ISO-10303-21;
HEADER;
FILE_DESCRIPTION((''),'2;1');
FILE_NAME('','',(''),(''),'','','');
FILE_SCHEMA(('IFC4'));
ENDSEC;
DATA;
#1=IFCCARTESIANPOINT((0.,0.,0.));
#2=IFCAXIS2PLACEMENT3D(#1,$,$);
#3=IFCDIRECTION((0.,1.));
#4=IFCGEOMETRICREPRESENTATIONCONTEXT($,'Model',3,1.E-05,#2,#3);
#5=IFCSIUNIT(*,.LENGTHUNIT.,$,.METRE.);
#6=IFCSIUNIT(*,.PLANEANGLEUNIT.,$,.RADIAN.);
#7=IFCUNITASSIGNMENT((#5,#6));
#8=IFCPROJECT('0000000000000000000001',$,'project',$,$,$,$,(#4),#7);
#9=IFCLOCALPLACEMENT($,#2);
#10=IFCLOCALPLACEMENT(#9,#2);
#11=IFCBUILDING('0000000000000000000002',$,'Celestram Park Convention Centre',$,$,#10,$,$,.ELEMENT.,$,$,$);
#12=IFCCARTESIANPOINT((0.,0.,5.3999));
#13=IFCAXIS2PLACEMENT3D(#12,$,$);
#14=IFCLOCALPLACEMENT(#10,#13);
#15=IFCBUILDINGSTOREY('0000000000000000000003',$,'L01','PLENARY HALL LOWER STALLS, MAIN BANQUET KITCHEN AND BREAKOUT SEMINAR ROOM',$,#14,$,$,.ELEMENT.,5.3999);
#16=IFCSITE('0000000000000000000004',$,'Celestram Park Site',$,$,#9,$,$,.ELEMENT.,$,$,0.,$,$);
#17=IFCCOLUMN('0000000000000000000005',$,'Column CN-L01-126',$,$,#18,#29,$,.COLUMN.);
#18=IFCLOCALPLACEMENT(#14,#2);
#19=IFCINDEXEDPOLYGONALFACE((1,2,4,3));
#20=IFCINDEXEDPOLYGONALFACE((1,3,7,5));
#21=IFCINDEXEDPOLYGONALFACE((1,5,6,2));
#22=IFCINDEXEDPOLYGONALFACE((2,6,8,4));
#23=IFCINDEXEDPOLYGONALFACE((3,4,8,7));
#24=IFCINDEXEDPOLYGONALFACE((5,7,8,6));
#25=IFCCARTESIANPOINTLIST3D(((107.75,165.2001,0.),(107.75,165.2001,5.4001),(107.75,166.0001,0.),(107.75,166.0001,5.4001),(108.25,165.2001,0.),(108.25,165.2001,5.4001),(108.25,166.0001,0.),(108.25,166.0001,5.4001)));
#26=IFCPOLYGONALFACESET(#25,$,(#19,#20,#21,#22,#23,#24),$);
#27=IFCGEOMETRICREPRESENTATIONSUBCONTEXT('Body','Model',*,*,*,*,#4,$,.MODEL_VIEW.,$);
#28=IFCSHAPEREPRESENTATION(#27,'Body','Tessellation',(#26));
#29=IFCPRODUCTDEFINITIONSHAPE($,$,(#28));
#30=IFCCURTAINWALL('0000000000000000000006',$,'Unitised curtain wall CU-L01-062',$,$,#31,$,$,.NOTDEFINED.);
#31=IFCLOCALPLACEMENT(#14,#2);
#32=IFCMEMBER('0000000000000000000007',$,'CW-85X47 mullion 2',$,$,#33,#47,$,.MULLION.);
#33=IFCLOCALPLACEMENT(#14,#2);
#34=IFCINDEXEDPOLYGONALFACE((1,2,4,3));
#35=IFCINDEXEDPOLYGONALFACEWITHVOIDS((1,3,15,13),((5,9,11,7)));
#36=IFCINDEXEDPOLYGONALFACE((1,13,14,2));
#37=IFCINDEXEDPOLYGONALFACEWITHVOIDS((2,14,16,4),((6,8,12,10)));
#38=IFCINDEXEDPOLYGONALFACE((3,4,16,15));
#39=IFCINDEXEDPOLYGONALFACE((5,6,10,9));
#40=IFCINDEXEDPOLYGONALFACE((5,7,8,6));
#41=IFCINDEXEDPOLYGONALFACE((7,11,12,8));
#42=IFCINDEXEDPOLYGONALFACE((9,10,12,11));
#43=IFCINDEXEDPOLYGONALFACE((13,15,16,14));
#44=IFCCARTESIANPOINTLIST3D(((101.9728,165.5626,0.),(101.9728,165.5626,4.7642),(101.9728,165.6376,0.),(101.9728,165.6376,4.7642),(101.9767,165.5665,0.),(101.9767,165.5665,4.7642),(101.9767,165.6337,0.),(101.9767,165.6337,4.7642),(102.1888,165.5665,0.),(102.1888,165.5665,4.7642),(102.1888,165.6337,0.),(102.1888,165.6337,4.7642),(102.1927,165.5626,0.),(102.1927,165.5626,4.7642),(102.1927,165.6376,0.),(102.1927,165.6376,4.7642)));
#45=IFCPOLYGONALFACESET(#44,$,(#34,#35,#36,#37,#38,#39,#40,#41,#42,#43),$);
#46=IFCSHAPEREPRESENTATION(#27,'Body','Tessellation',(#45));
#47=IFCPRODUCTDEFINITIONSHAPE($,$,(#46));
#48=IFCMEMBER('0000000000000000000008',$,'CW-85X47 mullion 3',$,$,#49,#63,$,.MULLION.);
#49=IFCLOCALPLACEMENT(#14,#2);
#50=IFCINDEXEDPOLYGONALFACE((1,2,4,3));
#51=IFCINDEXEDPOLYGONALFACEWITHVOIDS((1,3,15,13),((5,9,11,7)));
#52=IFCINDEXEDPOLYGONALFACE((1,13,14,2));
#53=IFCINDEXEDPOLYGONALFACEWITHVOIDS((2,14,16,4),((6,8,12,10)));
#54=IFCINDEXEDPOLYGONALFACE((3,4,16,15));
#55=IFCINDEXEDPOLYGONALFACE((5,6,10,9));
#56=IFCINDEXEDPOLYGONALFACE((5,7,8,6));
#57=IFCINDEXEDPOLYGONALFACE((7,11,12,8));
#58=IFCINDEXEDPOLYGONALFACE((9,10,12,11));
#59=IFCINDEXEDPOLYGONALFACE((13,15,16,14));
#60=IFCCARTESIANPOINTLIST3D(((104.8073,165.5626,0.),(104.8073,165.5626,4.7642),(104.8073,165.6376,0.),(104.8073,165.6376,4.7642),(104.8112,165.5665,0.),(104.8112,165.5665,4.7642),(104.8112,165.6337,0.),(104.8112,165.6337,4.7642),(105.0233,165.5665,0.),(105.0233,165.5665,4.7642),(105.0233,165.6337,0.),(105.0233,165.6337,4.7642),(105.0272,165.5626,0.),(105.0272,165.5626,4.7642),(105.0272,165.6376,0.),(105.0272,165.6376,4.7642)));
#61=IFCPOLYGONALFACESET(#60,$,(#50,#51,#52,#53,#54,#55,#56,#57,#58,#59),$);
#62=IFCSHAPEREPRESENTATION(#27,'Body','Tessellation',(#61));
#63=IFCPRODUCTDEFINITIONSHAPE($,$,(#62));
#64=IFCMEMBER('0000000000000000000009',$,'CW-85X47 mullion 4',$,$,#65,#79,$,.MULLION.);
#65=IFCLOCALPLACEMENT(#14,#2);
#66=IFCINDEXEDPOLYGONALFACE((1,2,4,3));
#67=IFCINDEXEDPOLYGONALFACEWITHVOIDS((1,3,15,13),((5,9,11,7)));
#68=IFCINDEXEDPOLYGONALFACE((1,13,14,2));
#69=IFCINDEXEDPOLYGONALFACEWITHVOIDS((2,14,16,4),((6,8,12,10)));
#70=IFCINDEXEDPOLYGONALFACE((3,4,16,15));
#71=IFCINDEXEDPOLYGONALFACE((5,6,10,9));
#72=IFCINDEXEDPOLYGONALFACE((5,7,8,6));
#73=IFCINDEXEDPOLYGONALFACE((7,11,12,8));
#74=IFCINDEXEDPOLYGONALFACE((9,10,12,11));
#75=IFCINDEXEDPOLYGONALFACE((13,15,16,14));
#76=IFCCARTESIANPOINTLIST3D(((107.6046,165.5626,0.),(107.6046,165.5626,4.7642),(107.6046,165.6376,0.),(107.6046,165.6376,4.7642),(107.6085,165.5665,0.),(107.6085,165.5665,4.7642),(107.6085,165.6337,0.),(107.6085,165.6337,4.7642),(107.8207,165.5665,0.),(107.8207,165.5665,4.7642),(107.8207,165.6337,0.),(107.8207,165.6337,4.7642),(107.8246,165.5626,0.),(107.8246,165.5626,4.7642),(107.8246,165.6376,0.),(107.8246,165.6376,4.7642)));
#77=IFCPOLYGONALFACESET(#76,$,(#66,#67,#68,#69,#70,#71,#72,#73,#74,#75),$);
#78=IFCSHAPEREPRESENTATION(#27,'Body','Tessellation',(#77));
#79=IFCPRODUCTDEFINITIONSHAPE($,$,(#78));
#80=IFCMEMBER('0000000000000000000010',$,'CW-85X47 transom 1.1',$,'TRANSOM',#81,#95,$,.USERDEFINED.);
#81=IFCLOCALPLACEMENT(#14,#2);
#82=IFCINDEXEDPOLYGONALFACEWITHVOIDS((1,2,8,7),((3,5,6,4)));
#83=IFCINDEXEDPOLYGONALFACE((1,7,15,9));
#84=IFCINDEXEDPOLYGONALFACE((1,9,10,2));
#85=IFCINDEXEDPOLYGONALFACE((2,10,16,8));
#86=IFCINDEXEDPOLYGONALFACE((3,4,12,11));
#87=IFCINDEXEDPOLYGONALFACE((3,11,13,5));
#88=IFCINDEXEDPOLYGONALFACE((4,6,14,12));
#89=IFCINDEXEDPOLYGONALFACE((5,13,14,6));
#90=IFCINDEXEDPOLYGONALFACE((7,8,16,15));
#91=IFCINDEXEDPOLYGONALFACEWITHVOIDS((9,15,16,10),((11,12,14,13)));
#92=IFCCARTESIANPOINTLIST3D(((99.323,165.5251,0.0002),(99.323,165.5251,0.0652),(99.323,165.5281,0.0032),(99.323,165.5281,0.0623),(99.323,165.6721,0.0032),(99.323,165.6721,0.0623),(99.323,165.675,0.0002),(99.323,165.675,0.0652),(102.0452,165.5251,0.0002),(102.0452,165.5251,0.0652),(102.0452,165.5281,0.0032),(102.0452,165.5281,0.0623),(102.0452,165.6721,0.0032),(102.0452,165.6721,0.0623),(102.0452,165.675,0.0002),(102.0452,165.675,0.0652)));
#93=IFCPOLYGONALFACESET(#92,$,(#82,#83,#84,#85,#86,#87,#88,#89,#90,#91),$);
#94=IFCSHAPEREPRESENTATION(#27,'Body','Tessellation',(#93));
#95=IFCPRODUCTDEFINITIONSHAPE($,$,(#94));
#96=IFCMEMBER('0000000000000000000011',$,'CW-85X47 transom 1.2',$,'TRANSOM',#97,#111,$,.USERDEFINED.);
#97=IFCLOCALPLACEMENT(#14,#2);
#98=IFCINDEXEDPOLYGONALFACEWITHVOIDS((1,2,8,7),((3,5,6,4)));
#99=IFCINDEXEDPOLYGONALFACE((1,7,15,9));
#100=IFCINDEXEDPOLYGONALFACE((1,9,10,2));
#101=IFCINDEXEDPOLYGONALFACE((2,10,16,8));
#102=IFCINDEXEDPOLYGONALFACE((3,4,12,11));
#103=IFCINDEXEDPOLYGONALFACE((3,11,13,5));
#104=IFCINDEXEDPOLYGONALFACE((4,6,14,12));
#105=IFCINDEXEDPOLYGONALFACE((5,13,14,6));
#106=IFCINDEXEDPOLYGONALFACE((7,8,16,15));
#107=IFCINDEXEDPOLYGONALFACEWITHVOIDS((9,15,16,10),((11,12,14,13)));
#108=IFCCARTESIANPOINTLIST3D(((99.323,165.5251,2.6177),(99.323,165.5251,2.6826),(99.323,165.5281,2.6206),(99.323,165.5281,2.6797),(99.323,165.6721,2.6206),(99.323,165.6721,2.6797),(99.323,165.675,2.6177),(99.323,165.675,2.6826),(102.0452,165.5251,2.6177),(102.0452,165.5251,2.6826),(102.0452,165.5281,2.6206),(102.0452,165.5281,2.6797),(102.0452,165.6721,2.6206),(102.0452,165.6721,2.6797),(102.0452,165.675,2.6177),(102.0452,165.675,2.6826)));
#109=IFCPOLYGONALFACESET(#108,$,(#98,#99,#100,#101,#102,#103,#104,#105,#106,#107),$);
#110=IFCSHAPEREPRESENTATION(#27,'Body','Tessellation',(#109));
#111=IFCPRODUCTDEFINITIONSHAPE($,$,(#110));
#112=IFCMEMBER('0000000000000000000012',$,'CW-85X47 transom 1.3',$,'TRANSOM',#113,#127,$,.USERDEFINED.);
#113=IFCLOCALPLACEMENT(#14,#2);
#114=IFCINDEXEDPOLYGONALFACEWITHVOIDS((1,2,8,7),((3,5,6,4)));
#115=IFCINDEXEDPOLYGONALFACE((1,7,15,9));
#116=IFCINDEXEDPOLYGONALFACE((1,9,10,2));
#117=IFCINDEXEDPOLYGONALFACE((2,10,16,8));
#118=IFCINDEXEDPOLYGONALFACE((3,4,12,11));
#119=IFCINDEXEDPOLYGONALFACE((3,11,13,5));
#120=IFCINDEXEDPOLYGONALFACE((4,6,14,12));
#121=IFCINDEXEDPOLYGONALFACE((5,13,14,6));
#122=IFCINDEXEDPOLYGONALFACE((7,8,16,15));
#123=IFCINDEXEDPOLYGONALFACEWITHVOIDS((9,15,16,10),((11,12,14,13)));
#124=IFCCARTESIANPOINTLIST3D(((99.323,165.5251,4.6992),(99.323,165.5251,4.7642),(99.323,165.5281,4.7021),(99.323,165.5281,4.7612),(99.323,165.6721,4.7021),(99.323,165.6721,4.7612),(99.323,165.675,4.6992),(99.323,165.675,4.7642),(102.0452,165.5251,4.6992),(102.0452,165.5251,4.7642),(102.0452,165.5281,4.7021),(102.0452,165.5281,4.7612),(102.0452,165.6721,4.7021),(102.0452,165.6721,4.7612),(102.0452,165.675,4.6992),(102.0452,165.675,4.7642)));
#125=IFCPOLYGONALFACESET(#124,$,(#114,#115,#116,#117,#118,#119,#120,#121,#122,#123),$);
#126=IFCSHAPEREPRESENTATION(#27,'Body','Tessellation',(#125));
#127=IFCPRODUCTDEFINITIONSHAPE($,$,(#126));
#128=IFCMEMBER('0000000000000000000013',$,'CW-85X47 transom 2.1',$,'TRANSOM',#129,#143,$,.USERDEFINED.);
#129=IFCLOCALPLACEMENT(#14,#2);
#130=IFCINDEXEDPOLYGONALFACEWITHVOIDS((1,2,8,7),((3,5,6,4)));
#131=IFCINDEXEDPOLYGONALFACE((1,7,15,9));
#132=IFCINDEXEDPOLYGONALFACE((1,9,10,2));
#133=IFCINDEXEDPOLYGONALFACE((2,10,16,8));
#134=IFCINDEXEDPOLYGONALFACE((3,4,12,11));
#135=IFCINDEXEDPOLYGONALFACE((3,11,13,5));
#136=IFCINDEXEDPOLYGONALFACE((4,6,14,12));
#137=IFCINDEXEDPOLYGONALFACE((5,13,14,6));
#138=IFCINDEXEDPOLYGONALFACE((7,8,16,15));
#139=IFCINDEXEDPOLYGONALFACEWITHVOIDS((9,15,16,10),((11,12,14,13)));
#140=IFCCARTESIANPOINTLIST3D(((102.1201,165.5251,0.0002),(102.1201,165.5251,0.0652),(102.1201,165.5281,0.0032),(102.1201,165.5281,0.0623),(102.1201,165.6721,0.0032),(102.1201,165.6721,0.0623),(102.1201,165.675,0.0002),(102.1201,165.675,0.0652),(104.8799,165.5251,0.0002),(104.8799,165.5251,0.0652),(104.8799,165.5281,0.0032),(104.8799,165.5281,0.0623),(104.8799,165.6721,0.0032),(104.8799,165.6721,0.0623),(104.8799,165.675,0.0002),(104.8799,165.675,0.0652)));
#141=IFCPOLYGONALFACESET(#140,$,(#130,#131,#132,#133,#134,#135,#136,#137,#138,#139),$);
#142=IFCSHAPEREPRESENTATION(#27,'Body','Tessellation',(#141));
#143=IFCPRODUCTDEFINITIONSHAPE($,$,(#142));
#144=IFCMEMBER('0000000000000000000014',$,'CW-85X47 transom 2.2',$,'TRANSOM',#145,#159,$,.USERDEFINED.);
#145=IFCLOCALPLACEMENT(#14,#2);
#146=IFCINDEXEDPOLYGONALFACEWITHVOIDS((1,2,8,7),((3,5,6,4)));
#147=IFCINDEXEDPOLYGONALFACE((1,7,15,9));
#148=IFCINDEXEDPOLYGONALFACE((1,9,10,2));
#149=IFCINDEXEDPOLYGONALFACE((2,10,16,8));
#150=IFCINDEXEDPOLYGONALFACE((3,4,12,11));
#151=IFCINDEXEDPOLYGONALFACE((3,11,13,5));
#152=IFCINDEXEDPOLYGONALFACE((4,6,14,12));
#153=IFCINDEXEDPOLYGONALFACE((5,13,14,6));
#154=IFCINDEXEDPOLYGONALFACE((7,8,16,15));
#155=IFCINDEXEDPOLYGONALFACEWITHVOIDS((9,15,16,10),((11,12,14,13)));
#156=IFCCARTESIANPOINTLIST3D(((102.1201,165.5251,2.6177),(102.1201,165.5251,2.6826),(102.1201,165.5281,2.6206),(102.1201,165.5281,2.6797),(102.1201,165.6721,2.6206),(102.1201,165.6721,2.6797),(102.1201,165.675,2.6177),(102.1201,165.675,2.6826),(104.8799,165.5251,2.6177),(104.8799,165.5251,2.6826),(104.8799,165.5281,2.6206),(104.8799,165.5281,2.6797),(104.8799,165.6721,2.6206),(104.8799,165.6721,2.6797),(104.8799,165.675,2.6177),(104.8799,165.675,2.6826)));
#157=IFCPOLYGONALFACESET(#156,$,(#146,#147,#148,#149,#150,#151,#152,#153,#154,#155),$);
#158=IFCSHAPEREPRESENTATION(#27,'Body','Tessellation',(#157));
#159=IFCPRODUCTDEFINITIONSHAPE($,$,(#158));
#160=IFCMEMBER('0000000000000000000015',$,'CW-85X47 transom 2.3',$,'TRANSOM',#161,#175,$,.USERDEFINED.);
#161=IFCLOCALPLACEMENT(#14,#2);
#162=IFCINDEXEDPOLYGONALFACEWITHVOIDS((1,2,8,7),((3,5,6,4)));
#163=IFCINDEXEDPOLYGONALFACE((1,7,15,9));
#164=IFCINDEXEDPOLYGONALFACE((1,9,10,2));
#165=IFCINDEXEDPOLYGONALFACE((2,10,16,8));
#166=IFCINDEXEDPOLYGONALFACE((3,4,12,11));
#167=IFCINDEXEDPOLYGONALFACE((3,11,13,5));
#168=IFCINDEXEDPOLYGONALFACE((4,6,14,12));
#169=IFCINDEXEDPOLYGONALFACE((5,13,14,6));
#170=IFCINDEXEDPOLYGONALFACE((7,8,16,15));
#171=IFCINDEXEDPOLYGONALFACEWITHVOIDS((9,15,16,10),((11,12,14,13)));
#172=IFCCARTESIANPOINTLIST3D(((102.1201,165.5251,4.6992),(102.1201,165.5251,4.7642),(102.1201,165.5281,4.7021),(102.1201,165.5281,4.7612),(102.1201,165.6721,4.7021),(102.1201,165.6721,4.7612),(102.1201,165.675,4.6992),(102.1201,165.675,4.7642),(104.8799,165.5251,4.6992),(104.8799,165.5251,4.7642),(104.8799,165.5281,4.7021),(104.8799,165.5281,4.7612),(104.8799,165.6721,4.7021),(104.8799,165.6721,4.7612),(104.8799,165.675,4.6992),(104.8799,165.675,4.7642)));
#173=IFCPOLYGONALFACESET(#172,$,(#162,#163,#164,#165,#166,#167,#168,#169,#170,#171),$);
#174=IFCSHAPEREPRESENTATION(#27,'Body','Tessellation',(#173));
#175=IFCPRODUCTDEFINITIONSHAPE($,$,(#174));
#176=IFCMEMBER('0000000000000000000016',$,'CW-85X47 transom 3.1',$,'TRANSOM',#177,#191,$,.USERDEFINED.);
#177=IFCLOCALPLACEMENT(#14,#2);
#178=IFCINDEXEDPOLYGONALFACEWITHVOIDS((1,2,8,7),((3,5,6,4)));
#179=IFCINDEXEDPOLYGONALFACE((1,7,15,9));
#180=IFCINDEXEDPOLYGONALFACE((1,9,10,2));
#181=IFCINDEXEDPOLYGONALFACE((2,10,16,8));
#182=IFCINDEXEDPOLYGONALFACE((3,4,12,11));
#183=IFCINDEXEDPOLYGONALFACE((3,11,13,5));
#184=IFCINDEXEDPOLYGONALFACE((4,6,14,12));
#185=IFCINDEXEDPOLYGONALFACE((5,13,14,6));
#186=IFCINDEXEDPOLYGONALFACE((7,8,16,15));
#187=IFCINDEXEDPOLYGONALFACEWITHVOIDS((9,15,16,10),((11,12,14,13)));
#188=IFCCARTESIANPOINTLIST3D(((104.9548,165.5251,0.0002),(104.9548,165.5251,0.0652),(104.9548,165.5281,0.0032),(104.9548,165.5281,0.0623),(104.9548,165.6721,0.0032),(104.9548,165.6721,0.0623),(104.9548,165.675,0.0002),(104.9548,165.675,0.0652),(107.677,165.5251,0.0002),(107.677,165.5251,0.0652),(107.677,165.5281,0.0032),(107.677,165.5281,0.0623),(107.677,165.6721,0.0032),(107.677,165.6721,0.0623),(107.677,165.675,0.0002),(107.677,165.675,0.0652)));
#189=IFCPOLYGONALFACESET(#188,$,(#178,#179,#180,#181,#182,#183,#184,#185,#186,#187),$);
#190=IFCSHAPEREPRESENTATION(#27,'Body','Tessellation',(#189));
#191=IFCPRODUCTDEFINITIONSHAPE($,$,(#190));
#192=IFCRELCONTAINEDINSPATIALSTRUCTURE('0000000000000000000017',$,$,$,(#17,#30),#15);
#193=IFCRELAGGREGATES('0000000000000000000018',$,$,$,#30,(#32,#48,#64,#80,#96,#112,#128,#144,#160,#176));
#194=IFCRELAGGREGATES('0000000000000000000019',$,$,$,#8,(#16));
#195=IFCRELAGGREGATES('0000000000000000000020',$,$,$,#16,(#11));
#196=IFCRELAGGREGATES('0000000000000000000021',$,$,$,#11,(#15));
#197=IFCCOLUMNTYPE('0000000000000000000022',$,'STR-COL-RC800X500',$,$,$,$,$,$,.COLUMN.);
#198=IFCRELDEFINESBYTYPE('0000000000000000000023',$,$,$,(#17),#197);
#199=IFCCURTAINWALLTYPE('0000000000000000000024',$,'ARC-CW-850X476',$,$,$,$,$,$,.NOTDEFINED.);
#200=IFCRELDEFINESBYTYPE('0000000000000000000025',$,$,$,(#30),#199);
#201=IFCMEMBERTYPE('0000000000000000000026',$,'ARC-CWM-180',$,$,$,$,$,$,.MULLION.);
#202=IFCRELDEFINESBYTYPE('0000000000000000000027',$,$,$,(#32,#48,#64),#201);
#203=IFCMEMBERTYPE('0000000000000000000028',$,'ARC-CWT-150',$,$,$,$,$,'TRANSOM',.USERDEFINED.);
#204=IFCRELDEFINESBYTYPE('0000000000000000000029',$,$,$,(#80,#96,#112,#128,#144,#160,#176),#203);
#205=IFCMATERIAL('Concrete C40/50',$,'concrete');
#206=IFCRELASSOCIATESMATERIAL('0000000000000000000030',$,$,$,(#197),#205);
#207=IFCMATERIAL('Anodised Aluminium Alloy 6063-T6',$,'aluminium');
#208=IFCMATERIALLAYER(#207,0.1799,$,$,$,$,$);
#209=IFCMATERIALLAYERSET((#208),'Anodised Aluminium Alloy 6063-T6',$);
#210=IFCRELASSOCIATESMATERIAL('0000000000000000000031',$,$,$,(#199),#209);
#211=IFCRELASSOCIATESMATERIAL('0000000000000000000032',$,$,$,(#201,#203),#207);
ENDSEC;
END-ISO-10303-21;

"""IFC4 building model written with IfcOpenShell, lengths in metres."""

from ifc_helpers import new_model, si_unit, direction, frame, origin, origin_2d, place, context, subcontext, project, spatial, rectangle, hollow_rectangle, extrude, material, layer, layer_set, material_profile, profile_set, type_object, element, aggregate, save


model = new_model("IFC4")

# Units and contexts
model_context = context("Model", 3, precision=1e-05, world=origin(), true_north=direction((0.0, 1.0)))
body_context = subcontext(model_context, "Body", "Model", "MODEL_VIEW")
ifc_project = project(units=[si_unit("LENGTHUNIT", "METRE"), si_unit("PLANEANGLEUNIT", "RADIAN")], contexts=[model_context])

# Site, building, storey
site_placement = place(None, origin())
site = spatial("IfcSite", under=ifc_project, at=site_placement, Name="Celestram Park Site", CompositionType="ELEMENT", RefElevation=0.0)
building_placement = place(site_placement, origin())
building = spatial("IfcBuilding", under=site, at=building_placement, Name="Celestram Park Convention Centre", CompositionType="ELEMENT")
storey_placement = place(building_placement, frame((0.0, 0.0, 5.3999)))
storey = spatial("IfcBuildingStorey", under=building, at=storey_placement, Name="L01", Description="PLENARY HALL LOWER STALLS, MAIN BANQUET KITCHEN AND BREAKOUT SEMINAR ROOM", CompositionType="ELEMENT", Elevation=5.3999)

# Column
ifc_material_1 = material(Name="Concrete C40/50", Category="concrete")
ifc_material_profile_1 = material_profile(ifc_material_1, rectangle(XDim=0.5, YDim=0.8, at=origin_2d()), Name="RC800X500")
ifc_profile_set_1 = profile_set([ifc_material_profile_1], Name="Concrete C40/50")
column_type = type_object("IfcColumnType", Name="STR-COL-RC800X500", PredefinedType="COLUMN", material=ifc_profile_set_1)
column_placement = place(storey_placement, frame((108.0, 165.6001, 0.0), z_axis=(0.0, 0.0, 1.0), x_axis=(1.0, 0.0, 0.0)))
element("IfcColumn", 1, at=column_placement, inside=storey, type_object=column_type, Name="Column CN-L01-126", PredefinedType="COLUMN", context=body_context, shape_type="SweptSolid", body=[
    extrude(rectangle(XDim=0.5, YDim=0.8, at=origin_2d()), origin(), (0.0, 0.0, 1.0), 5.4001),
])

# Curtain wall, members
ifc_material_2 = material(Name="Anodised Aluminium Alloy 6063-T6", Category="aluminium")
ifc_layer_1 = layer(ifc_material_2, 0.1799)
ifc_layer_set_1 = layer_set([ifc_layer_1], Name="Anodised Aluminium Alloy 6063-T6")
curtain_wall_type = type_object("IfcCurtainWallType", Name="ARC-CW-850X476", PredefinedType="NOTDEFINED", material=ifc_layer_set_1)
curtain_wall_placement = place(storey_placement, origin())
curtain_wall = element("IfcCurtainWall", 2, at=curtain_wall_placement, inside=storey, type_object=curtain_wall_type, Name="Unitised curtain wall CU-L01-062", PredefinedType="NOTDEFINED")
ifc_material_profile_2 = material_profile(ifc_material_2, hollow_rectangle(XDim=0.075, YDim=0.22, WallThickness=0.0039, at=origin_2d()), Name="ALU75X220X4")
ifc_profile_set_2 = profile_set([ifc_material_profile_2], Name="Anodised Aluminium Alloy 6063-T6")
member_type_1 = type_object("IfcMemberType", Name="ARC-CWM-180", PredefinedType="MULLION", material=ifc_profile_set_2)
member_1_placement = place(storey_placement, frame((102.0828, 165.6001, 0.0), z_axis=(0.0, 0.0, 1.0), x_axis=(0.0, 1.0, 0.0)))
member_1 = element("IfcMember", 3, at=member_1_placement, type_object=member_type_1, Name="CW-85X47 mullion 2", PredefinedType="MULLION", context=body_context, shape_type="SweptSolid", body=[
    extrude(hollow_rectangle(XDim=0.075, YDim=0.22, WallThickness=0.0039, at=origin_2d()), origin(), (0.0, 0.0, 1.0), 4.7642),
])
member_2_placement = place(storey_placement, frame((104.9172, 165.6001, 0.0), z_axis=(0.0, 0.0, 1.0), x_axis=(0.0, 1.0, 0.0)))
member_2 = element("IfcMember", 4, at=member_2_placement, type_object=member_type_1, Name="CW-85X47 mullion 3", PredefinedType="MULLION", context=body_context, shape_type="SweptSolid", body=[
    extrude(hollow_rectangle(XDim=0.075, YDim=0.22, WallThickness=0.0039, at=origin_2d()), origin(), (0.0, 0.0, 1.0), 4.7642),
])
member_3_placement = place(storey_placement, frame((107.7146, 165.6001, 0.0), z_axis=(0.0, 0.0, 1.0), x_axis=(0.0, 1.0, 0.0)))
member_3 = element("IfcMember", 5, at=member_3_placement, type_object=member_type_1, Name="CW-85X47 mullion 4", PredefinedType="MULLION", context=body_context, shape_type="SweptSolid", body=[
    extrude(hollow_rectangle(XDim=0.075, YDim=0.22, WallThickness=0.0039, at=origin_2d()), origin(), (0.0, 0.0, 1.0), 4.7642),
])
ifc_material_profile_3 = material_profile(ifc_material_2, hollow_rectangle(XDim=0.1499, YDim=0.0649, WallThickness=0.0029, at=origin_2d()), Name="ALU150X65X3")
ifc_profile_set_3 = profile_set([ifc_material_profile_3], Name="Anodised Aluminium Alloy 6063-T6")
member_type_2 = type_object("IfcMemberType", Name="ARC-CWT-150", ElementType="TRANSOM", PredefinedType="USERDEFINED", material=ifc_profile_set_3)
member_4_placement = place(storey_placement, frame((99.323, 165.6001, 0.0327), z_axis=(1.0, 0.0, 0.0), x_axis=(0.0, 1.0, 0.0)))
member_4 = element("IfcMember", 6, at=member_4_placement, type_object=member_type_2, Name="CW-85X47 transom 1.1", ObjectType="TRANSOM", PredefinedType="USERDEFINED", context=body_context, shape_type="SweptSolid", body=[
    extrude(hollow_rectangle(XDim=0.1499, YDim=0.0649, WallThickness=0.0029, at=origin_2d()), origin(), (0.0, 0.0, 1.0), 2.7222),
])
member_5_placement = place(storey_placement, frame((99.323, 165.6001, 2.6501), z_axis=(1.0, 0.0, 0.0), x_axis=(0.0, 1.0, 0.0)))
member_5 = element("IfcMember", 7, at=member_5_placement, type_object=member_type_2, Name="CW-85X47 transom 1.2", ObjectType="TRANSOM", PredefinedType="USERDEFINED", context=body_context, shape_type="SweptSolid", body=[
    extrude(hollow_rectangle(XDim=0.1499, YDim=0.0649, WallThickness=0.0029, at=origin_2d()), origin(), (0.0, 0.0, 1.0), 2.7222),
])
member_6_placement = place(storey_placement, frame((99.323, 165.6001, 4.7317), z_axis=(1.0, 0.0, 0.0), x_axis=(0.0, 1.0, 0.0)))
member_6 = element("IfcMember", 8, at=member_6_placement, type_object=member_type_2, Name="CW-85X47 transom 1.3", ObjectType="TRANSOM", PredefinedType="USERDEFINED", context=body_context, shape_type="SweptSolid", body=[
    extrude(hollow_rectangle(XDim=0.1499, YDim=0.0649, WallThickness=0.0029, at=origin_2d()), origin(), (0.0, 0.0, 1.0), 2.7222),
])
member_7_placement = place(storey_placement, frame((102.1201, 165.6001, 0.0327), z_axis=(1.0, 0.0, 0.0), x_axis=(0.0, 1.0, 0.0)))
member_7 = element("IfcMember", 9, at=member_7_placement, type_object=member_type_2, Name="CW-85X47 transom 2.1", ObjectType="TRANSOM", PredefinedType="USERDEFINED", context=body_context, shape_type="SweptSolid", body=[
    extrude(hollow_rectangle(XDim=0.1499, YDim=0.0649, WallThickness=0.0029, at=origin_2d()), origin(), (0.0, 0.0, 1.0), 2.7598),
])
member_8_placement = place(storey_placement, frame((102.1201, 165.6001, 2.6501), z_axis=(1.0, 0.0, 0.0), x_axis=(0.0, 1.0, 0.0)))
member_8 = element("IfcMember", 10, at=member_8_placement, type_object=member_type_2, Name="CW-85X47 transom 2.2", ObjectType="TRANSOM", PredefinedType="USERDEFINED", context=body_context, shape_type="SweptSolid", body=[
    extrude(hollow_rectangle(XDim=0.1499, YDim=0.0649, WallThickness=0.0029, at=origin_2d()), origin(), (0.0, 0.0, 1.0), 2.7598),
])
member_9_placement = place(storey_placement, frame((102.1201, 165.6001, 4.7317), z_axis=(1.0, 0.0, 0.0), x_axis=(0.0, 1.0, 0.0)))
member_9 = element("IfcMember", 11, at=member_9_placement, type_object=member_type_2, Name="CW-85X47 transom 2.3", ObjectType="TRANSOM", PredefinedType="USERDEFINED", context=body_context, shape_type="SweptSolid", body=[
    extrude(hollow_rectangle(XDim=0.1499, YDim=0.0649, WallThickness=0.0029, at=origin_2d()), origin(), (0.0, 0.0, 1.0), 2.7598),
])
member_10_placement = place(storey_placement, frame((104.9548, 165.6001, 0.0327), z_axis=(1.0, 0.0, 0.0), x_axis=(0.0, 1.0, 0.0)))
member_10 = element("IfcMember", 12, at=member_10_placement, type_object=member_type_2, Name="CW-85X47 transom 3.1", ObjectType="TRANSOM", PredefinedType="USERDEFINED", context=body_context, shape_type="SweptSolid", body=[
    extrude(hollow_rectangle(XDim=0.1499, YDim=0.0649, WallThickness=0.0029, at=origin_2d()), origin(), (0.0, 0.0, 1.0), 2.7222),
])
aggregate(curtain_wall, [member_1, member_2, member_3, member_4, member_5, member_6, member_7, member_8, member_9, member_10])

save(model, "model.ifc")
